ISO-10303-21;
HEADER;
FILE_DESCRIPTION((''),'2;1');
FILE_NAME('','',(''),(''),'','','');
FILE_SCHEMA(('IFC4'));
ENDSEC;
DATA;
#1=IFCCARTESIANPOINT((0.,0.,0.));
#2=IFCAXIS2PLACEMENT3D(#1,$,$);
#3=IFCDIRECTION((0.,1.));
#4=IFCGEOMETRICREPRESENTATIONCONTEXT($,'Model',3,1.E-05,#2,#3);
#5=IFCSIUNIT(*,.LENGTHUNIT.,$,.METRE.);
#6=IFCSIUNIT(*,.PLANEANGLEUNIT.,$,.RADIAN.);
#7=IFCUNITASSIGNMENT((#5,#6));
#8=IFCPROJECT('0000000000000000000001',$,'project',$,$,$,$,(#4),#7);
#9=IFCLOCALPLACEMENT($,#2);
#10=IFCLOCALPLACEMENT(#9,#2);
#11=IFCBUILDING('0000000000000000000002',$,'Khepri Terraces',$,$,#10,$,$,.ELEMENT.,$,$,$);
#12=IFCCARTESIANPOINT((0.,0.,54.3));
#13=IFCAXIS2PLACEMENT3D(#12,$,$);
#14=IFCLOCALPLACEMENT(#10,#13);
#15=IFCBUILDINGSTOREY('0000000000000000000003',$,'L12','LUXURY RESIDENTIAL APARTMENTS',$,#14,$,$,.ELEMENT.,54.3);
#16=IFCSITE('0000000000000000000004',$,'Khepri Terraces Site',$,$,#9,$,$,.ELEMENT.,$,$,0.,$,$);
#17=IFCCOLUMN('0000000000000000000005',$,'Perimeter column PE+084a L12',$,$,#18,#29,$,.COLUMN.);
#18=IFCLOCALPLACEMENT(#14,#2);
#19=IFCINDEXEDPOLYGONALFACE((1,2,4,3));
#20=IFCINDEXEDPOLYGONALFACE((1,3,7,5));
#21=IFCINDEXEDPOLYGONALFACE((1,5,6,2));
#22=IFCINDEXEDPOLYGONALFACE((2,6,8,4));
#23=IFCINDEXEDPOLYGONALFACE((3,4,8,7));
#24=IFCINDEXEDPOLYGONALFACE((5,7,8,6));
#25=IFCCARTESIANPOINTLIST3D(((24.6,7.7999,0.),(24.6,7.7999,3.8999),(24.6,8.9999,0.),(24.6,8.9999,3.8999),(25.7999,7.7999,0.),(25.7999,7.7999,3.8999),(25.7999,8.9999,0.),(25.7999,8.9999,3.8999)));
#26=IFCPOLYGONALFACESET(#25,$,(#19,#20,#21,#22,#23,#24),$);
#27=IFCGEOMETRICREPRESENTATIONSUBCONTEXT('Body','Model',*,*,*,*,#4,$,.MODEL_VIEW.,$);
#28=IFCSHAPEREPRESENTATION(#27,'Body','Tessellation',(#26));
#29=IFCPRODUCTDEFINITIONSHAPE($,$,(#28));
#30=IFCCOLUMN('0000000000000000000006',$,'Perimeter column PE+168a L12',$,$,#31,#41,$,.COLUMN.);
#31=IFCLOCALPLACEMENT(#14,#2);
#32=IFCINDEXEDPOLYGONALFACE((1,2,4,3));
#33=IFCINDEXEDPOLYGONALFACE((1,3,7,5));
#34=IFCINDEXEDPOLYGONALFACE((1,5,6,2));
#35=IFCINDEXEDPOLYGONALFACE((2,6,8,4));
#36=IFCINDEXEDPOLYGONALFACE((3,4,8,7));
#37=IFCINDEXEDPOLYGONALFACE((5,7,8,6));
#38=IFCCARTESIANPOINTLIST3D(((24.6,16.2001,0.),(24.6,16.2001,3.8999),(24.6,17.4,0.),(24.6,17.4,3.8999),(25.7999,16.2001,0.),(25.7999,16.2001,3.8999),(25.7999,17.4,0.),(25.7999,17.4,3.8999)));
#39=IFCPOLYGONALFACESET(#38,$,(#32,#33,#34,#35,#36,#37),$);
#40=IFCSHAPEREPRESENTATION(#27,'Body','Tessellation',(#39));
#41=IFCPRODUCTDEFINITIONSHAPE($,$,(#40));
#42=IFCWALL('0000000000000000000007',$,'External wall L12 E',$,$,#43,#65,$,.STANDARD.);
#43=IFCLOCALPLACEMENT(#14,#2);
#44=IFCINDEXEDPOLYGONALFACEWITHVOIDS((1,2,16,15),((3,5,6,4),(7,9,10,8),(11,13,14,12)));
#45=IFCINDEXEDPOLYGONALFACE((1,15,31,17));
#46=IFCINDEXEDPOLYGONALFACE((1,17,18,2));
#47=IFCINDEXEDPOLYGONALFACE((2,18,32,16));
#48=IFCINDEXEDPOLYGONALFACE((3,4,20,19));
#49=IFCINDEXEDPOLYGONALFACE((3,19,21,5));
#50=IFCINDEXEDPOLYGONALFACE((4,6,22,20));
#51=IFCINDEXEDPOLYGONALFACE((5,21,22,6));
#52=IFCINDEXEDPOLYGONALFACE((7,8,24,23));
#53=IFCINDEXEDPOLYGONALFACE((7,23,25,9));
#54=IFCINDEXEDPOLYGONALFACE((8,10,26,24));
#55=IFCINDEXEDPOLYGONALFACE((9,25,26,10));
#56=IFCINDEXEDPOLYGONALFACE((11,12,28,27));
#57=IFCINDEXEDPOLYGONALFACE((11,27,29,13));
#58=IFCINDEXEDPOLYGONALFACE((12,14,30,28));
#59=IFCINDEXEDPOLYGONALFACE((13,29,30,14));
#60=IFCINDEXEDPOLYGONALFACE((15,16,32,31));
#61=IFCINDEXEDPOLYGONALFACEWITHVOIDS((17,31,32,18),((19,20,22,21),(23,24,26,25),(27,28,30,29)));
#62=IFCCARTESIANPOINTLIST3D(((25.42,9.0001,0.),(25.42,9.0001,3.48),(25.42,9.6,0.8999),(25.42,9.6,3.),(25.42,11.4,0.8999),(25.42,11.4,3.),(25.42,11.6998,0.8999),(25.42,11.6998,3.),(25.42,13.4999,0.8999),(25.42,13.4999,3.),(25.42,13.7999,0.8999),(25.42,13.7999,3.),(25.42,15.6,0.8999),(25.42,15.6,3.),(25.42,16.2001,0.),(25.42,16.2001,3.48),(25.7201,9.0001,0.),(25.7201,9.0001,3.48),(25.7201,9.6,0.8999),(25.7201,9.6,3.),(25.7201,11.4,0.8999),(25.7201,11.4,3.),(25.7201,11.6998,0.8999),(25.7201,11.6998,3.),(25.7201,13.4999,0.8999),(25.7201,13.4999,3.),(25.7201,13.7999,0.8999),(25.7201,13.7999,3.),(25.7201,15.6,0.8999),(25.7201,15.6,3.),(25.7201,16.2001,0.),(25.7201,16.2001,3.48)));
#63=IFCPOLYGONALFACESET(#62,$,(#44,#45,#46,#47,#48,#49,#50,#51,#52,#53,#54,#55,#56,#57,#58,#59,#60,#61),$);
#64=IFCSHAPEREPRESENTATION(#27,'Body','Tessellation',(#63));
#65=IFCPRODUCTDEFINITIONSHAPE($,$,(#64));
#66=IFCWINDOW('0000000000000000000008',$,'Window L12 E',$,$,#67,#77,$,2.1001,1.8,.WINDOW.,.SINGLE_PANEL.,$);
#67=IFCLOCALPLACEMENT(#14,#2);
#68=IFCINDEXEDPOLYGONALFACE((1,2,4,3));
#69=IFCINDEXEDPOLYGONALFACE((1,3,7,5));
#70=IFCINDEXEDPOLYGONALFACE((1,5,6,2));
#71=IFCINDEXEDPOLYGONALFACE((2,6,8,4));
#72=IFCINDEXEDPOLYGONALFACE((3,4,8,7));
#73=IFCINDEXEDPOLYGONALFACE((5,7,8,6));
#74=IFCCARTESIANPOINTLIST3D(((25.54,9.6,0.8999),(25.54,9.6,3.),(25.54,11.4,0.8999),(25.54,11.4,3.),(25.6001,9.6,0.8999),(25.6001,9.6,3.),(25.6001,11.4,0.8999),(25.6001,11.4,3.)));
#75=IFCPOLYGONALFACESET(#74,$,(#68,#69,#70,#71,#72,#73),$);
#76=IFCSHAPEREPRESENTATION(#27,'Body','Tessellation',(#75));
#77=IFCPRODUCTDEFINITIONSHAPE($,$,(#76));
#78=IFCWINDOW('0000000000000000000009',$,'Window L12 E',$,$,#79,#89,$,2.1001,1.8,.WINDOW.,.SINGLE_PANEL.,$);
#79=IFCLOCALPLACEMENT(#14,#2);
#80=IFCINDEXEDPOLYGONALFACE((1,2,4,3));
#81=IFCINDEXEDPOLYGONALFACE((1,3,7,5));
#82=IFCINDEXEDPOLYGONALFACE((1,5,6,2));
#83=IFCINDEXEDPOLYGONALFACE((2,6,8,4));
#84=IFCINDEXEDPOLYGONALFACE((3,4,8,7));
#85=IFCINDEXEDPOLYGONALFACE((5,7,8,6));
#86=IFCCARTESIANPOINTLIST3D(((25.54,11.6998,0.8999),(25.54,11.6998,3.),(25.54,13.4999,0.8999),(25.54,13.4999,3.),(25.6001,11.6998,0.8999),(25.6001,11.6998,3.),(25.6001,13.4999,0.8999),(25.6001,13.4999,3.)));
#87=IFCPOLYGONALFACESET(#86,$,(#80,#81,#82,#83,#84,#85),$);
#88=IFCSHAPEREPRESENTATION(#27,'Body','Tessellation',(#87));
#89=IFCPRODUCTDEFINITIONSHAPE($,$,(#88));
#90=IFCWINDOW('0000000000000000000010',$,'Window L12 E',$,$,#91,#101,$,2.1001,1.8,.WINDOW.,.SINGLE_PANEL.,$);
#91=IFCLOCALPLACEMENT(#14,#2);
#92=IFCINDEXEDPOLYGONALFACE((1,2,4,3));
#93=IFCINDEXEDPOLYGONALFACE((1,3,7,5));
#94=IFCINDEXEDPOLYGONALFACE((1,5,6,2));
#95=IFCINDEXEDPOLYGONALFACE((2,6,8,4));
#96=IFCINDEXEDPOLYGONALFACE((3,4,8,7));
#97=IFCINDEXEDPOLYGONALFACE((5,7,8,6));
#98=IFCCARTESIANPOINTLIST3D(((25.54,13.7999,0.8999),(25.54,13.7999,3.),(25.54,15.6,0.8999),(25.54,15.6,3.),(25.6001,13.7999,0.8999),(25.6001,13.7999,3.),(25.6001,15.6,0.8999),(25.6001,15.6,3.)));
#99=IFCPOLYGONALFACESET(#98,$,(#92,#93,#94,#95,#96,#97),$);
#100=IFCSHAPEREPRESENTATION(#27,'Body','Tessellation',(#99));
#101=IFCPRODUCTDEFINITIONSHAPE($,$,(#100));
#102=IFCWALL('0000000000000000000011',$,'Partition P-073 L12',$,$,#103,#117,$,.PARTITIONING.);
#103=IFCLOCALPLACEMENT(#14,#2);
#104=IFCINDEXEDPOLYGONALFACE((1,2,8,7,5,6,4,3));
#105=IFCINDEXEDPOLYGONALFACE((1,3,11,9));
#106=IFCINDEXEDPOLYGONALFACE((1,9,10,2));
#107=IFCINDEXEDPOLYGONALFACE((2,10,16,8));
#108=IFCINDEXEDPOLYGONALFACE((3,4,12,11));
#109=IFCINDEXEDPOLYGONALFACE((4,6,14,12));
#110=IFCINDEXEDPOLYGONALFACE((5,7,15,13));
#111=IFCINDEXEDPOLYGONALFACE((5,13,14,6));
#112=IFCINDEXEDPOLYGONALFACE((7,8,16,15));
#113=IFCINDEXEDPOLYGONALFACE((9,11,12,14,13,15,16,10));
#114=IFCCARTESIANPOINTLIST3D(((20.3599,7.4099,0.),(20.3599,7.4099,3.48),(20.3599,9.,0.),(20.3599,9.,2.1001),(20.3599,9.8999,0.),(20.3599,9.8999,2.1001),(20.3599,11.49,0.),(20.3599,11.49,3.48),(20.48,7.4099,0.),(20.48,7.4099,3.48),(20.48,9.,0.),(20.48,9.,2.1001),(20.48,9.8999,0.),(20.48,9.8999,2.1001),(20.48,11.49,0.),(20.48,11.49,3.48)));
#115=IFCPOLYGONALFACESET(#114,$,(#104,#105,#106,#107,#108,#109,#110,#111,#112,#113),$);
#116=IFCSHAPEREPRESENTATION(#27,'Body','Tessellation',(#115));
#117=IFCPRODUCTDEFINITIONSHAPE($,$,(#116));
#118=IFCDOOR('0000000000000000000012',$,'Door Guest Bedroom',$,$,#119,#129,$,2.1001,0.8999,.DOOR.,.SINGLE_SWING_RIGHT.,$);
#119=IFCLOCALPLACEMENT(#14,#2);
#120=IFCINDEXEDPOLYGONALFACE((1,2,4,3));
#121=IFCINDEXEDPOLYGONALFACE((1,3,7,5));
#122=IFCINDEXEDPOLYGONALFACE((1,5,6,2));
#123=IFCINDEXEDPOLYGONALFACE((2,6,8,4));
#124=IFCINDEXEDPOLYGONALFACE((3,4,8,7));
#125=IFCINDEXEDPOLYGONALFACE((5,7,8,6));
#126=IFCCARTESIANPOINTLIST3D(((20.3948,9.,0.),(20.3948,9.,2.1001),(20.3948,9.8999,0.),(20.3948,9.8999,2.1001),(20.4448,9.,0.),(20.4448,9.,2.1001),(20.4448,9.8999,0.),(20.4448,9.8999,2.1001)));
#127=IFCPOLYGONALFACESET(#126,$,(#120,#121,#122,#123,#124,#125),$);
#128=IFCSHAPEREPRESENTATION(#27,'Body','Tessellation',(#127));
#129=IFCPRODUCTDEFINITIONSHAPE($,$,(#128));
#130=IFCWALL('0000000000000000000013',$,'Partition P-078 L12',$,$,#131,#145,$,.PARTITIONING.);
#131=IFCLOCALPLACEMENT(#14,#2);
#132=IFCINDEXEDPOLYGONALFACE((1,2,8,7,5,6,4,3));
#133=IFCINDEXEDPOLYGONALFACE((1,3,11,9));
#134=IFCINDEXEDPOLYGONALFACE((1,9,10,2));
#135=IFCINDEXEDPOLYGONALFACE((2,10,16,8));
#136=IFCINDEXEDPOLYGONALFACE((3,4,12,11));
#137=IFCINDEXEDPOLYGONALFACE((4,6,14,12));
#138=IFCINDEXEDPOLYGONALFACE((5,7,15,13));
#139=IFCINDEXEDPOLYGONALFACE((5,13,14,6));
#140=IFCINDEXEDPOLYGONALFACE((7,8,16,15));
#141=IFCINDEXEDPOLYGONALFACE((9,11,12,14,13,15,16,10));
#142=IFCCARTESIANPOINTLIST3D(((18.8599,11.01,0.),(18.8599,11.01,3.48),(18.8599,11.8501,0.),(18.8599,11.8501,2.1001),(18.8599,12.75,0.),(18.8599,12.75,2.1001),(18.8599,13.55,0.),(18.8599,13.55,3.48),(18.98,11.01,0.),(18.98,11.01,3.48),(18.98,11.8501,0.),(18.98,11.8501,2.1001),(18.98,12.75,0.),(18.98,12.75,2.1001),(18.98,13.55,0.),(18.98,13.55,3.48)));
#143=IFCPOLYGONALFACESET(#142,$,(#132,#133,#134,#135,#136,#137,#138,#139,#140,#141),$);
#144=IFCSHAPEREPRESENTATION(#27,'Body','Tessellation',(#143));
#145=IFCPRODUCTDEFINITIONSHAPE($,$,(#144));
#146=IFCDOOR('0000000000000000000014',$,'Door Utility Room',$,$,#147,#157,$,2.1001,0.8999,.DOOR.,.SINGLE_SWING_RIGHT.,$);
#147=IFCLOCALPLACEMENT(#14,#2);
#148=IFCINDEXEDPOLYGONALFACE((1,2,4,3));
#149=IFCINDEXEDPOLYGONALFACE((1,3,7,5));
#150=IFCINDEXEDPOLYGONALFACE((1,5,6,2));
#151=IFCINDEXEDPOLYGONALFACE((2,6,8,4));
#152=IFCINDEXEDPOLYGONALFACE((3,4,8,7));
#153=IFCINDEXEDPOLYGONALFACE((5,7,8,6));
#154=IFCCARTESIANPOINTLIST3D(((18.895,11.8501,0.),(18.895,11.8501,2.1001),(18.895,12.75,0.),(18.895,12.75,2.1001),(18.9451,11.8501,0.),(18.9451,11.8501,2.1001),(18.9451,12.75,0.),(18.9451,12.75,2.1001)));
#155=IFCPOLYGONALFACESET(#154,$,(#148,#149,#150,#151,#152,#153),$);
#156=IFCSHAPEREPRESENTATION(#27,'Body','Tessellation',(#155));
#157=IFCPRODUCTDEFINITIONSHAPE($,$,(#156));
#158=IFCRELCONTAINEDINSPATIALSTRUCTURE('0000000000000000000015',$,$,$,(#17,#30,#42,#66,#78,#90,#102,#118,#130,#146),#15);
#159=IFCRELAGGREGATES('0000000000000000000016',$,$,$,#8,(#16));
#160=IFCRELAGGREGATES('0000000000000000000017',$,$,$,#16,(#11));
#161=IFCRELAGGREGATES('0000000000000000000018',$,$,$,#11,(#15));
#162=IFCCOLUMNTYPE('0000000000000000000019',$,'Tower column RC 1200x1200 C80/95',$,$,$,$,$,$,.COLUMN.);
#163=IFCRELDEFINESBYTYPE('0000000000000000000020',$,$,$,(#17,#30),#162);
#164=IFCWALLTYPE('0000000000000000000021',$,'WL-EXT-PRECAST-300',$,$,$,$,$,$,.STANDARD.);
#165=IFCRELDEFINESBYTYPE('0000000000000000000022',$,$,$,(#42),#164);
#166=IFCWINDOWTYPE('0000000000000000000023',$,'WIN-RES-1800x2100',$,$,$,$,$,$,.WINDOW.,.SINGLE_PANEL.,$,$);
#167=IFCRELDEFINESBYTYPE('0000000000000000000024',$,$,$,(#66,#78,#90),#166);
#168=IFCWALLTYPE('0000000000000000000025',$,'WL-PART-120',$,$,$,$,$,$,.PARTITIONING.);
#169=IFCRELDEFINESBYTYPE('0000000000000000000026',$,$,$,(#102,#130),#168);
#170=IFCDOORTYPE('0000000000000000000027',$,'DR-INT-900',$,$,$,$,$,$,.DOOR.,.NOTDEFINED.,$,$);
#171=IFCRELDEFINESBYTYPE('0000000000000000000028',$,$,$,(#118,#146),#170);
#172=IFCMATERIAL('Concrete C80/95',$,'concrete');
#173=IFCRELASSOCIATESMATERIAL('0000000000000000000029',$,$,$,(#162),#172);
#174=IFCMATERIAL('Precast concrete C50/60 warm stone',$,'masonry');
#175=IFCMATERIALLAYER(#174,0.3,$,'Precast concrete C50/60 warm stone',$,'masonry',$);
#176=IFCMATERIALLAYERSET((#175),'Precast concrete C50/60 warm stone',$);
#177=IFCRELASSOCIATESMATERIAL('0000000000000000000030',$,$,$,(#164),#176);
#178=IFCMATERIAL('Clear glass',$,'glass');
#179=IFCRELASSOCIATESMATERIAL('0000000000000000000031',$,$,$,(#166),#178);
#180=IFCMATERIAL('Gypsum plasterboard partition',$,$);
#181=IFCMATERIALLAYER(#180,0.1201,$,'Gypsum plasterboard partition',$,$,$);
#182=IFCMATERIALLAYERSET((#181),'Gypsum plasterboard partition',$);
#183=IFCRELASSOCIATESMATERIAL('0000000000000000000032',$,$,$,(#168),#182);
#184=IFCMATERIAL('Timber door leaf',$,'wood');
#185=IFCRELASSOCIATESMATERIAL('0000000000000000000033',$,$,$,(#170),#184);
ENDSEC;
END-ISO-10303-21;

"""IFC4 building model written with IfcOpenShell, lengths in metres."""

from ifc_helpers import new_model, si_unit, direction, frame, frame_2d, origin, origin_2d, place, context, subcontext, project, spatial, rectangle, extrude, material, layer, layer_set, material_profile, profile_set, type_object, element, fill, save


model = new_model("IFC4")

# Units and contexts
model_context = context("Model", 3, precision=1e-05, world=origin(), true_north=direction((0.0, 1.0)))
body_context = subcontext(model_context, "Body", "Model", "MODEL_VIEW")
ifc_project = project(units=[si_unit("LENGTHUNIT", "METRE"), si_unit("PLANEANGLEUNIT", "RADIAN")], contexts=[model_context])

# Site, building, storey
site_placement = place(None, origin())
site = spatial("IfcSite", under=ifc_project, at=site_placement, Name="Khepri Terraces Site", CompositionType="ELEMENT", RefElevation=0.0)
building_placement = place(site_placement, origin())
building = spatial("IfcBuilding", under=site, at=building_placement, Name="Khepri Terraces", CompositionType="ELEMENT")
storey_placement = place(building_placement, frame((0.0, 0.0, 54.3)))
storey = spatial("IfcBuildingStorey", under=building, at=storey_placement, Name="L12", Description="LUXURY RESIDENTIAL APARTMENTS", CompositionType="ELEMENT", Elevation=54.3)

# Columns
ifc_material_1 = material(Name="Concrete C80/95", Category="concrete")
ifc_material_profile = material_profile(ifc_material_1, rectangle(XDim=1.2, YDim=1.2, at=origin_2d()), Name="Concrete C80/95", Category="concrete")
ifc_profile_set = profile_set([ifc_material_profile], Name="Concrete C80/95")
column_type = type_object("IfcColumnType", Name="Tower column RC 1200x1200 C80/95", PredefinedType="COLUMN", material=ifc_profile_set)
for number, where, z_axis, x_axis, name in (
    (1, (25.2, 8.3999, 0.0), (0.0, 0.0, 1.0), (1.0, 0.0, 0.0), "Perimeter column PE+084a L12"),
    (2, (25.2, 16.8, 0.0), (0.0, 0.0, 1.0), (1.0, 0.0, 0.0), "Perimeter column PE+168a L12"),
):
    element("IfcColumn", number, at=place(storey_placement, frame(where, z_axis=z_axis, x_axis=x_axis)), inside=storey, type_object=column_type, Name=name, PredefinedType="COLUMN", context=body_context, shape_type="SweptSolid", body=[
        extrude(rectangle(XDim=1.2, YDim=1.2, at=origin_2d()), origin(), (0.0, 0.0, 1.0), 3.8999),
    ])

# Wall, openings, windows
ifc_material_2 = material(Name="Precast concrete C50/60 warm stone", Category="masonry")
ifc_layer_1 = layer(ifc_material_2, 0.3, Name="Precast concrete C50/60 warm stone", Category="masonry")
ifc_layer_set_1 = layer_set([ifc_layer_1], Name="Precast concrete C50/60 warm stone")
wall_type_1 = type_object("IfcWallType", Name="WL-EXT-PRECAST-300", PredefinedType="STANDARD", material=ifc_layer_set_1)
wall_1_placement = place(storey_placement, frame((25.5701, 9.0, 0.0), z_axis=(0.0, 0.0, 1.0), x_axis=(0.0, 1.0, 0.0)))
wall_1 = element("IfcWall", 3, at=wall_1_placement, inside=storey, type_object=wall_type_1, Name="External wall L12 E", PredefinedType="STANDARD", context=body_context, shape_type="SweptSolid", body=[
    extrude(rectangle(XDim=7.2, YDim=0.3, at=frame_2d((3.6001, 0.0))), origin(), (0.0, 0.0, 1.0), 3.48),
])
opening_1_placement = place(wall_1_placement, frame((0.6001, 0.0, 0.8999)))
opening_1 = element("IfcOpeningElement", 4, at=opening_1_placement, cuts=wall_1, PredefinedType="OPENING", context=body_context, shape_type="SweptSolid", body=[
    extrude(rectangle(XDim=1.8, YDim=2.1001, at=frame_2d((0.8999, 1.05))), frame((0.0, 0.1602, 0.0), z_axis=(0.0, -1.0, 0.0), x_axis=(1.0, 0.0, 0.0)), (0.0, 0.0, 1.0), 0.3201),
])
opening_2_placement = place(wall_1_placement, frame((2.7, 0.0, 0.8999)))
opening_2 = element("IfcOpeningElement", 5, at=opening_2_placement, cuts=wall_1, PredefinedType="OPENING", context=body_context, shape_type="SweptSolid", body=[
    extrude(rectangle(XDim=1.8, YDim=2.1001, at=frame_2d((0.8999, 1.05))), frame((0.0, 0.1602, 0.0), z_axis=(0.0, -1.0, 0.0), x_axis=(1.0, 0.0, 0.0)), (0.0, 0.0, 1.0), 0.3201),
])
opening_3_placement = place(wall_1_placement, frame((4.8, 0.0, 0.8999)))
opening_3 = element("IfcOpeningElement", 6, at=opening_3_placement, cuts=wall_1, PredefinedType="OPENING", context=body_context, shape_type="SweptSolid", body=[
    extrude(rectangle(XDim=1.8, YDim=2.1001, at=frame_2d((0.8999, 1.05))), frame((0.0, 0.1602, 0.0), z_axis=(0.0, -1.0, 0.0), x_axis=(1.0, 0.0, 0.0)), (0.0, 0.0, 1.0), 0.3201),
])
ifc_material_3 = material(Name="Clear glass", Category="glass")
window_type = type_object("IfcWindowType", Name="WIN-RES-1800x2100", PartitioningType="SINGLE_PANEL", PredefinedType="WINDOW", material=ifc_material_3)
window_1_placement = place(opening_1_placement, origin())
window_1 = element("IfcWindow", 7, at=window_1_placement, inside=storey, type_object=window_type, Name="Window L12 E", OverallHeight=2.1001, OverallWidth=1.8, PartitioningType="SINGLE_PANEL", PredefinedType="WINDOW", context=body_context, shape_type="SweptSolid", body=[
    extrude(rectangle(XDim=1.8, YDim=2.1001, at=frame_2d((0.8999, 1.05))), frame((0.0, 0.03, 0.0), z_axis=(0.0, -1.0, 0.0), x_axis=(1.0, 0.0, 0.0)), (0.0, 0.0, 1.0), 0.0601),
])
fill(opening_1, window_1)
window_2_placement = place(opening_2_placement, origin())
window_2 = element("IfcWindow", 8, at=window_2_placement, inside=storey, type_object=window_type, Name="Window L12 E", OverallHeight=2.1001, OverallWidth=1.8, PartitioningType="SINGLE_PANEL", PredefinedType="WINDOW", context=body_context, shape_type="SweptSolid", body=[
    extrude(rectangle(XDim=1.8, YDim=2.1001, at=frame_2d((0.8999, 1.05))), frame((0.0, 0.03, 0.0), z_axis=(0.0, -1.0, 0.0), x_axis=(1.0, 0.0, 0.0)), (0.0, 0.0, 1.0), 0.0601),
])
fill(opening_2, window_2)
window_3_placement = place(opening_3_placement, origin())
window_3 = element("IfcWindow", 9, at=window_3_placement, inside=storey, type_object=window_type, Name="Window L12 E", OverallHeight=2.1001, OverallWidth=1.8, PartitioningType="SINGLE_PANEL", PredefinedType="WINDOW", context=body_context, shape_type="SweptSolid", body=[
    extrude(rectangle(XDim=1.8, YDim=2.1001, at=frame_2d((0.8999, 1.05))), frame((0.0, 0.03, 0.0), z_axis=(0.0, -1.0, 0.0), x_axis=(1.0, 0.0, 0.0)), (0.0, 0.0, 1.0), 0.0601),
])
fill(opening_3, window_3)

# Walls, openings, doors
ifc_material_4 = material(Name="Gypsum plasterboard partition")
ifc_layer_2 = layer(ifc_material_4, 0.1201, Name="Gypsum plasterboard partition")
ifc_layer_set_2 = layer_set([ifc_layer_2], Name="Gypsum plasterboard partition")
wall_type_2 = type_object("IfcWallType", Name="WL-PART-120", PredefinedType="PARTITIONING", material=ifc_layer_set_2)
wall_2_placement = place(storey_placement, frame((20.4199, 7.4099, 0.0), z_axis=(0.0, 0.0, 1.0), x_axis=(0.0, 1.0, 0.0)))
wall_2 = element("IfcWall", 10, at=wall_2_placement, inside=storey, type_object=wall_type_2, Name="Partition P-073 L12", PredefinedType="PARTITIONING", context=body_context, shape_type="SweptSolid", body=[
    extrude(rectangle(XDim=4.0801, YDim=0.1201, at=frame_2d((2.04, 0.0))), origin(), (0.0, 0.0, 1.0), 3.48),
])
opening_4_placement = place(wall_2_placement, frame((1.5901, 0.0, 0.0)))
opening_4 = element("IfcOpeningElement", 11, at=opening_4_placement, cuts=wall_2, PredefinedType="OPENING", context=body_context, shape_type="SweptSolid", body=[
    extrude(rectangle(XDim=0.8999, YDim=2.1001, at=frame_2d((0.45, 1.05))), frame((0.0, 0.0701, 0.0), z_axis=(0.0, -1.0, 0.0), x_axis=(1.0, 0.0, 0.0)), (0.0, 0.0, 1.0), 0.1401),
])
ifc_material_5 = material(Name="Timber door leaf", Category="wood")
door_type_1 = type_object("IfcDoorType", Name="DR-INT-900", OperationType="NOTDEFINED", PredefinedType="DOOR", material=ifc_material_5)
door_1_placement = place(opening_4_placement, frame((0.8999, 0.0, 0.0), z_axis=(0.0, 0.0, 1.0), x_axis=(-1.0, 0.0, 0.0)))
door_1 = element("IfcDoor", 12, at=door_1_placement, inside=storey, type_object=door_type_1, Name="Door Guest Bedroom", OperationType="SINGLE_SWING_RIGHT", OverallHeight=2.1001, OverallWidth=0.8999, PredefinedType="DOOR", context=body_context, shape_type="SweptSolid", body=[
    extrude(rectangle(XDim=0.8999, YDim=2.1001, at=frame_2d((0.45, 1.05))), frame((0.0, 0.0249, 0.0), z_axis=(0.0, -1.0, 0.0), x_axis=(1.0, 0.0, 0.0)), (0.0, 0.0, 1.0), 0.05),
])
fill(opening_4, door_1)
wall_3_placement = place(storey_placement, frame((18.9199, 11.01, 0.0), z_axis=(0.0, 0.0, 1.0), x_axis=(0.0, 1.0, 0.0)))
wall_3 = element("IfcWall", 13, at=wall_3_placement, inside=storey, type_object=wall_type_2, Name="Partition P-078 L12", PredefinedType="PARTITIONING", context=body_context, shape_type="SweptSolid", body=[
    extrude(rectangle(XDim=2.54, YDim=0.1201, at=frame_2d((1.27, 0.0))), origin(), (0.0, 0.0, 1.0), 3.48),
])
opening_5_placement = place(wall_3_placement, frame((0.8401, 0.0, 0.0)))
opening_5 = element("IfcOpeningElement", 14, at=opening_5_placement, cuts=wall_3, PredefinedType="OPENING", context=body_context, shape_type="SweptSolid", body=[
    extrude(rectangle(XDim=0.8999, YDim=2.1001, at=frame_2d((0.45, 1.05))), frame((0.0, 0.0701, 0.0), z_axis=(0.0, -1.0, 0.0), x_axis=(1.0, 0.0, 0.0)), (0.0, 0.0, 1.0), 0.1401),
])
door_2_placement = place(opening_5_placement, origin())
door_2 = element("IfcDoor", 15, at=door_2_placement, inside=storey, type_object=door_type_1, Name="Door Utility Room", OperationType="SINGLE_SWING_RIGHT", OverallHeight=2.1001, OverallWidth=0.8999, PredefinedType="DOOR", context=body_context, shape_type="SweptSolid", body=[
    extrude(rectangle(XDim=0.8999, YDim=2.1001, at=frame_2d((0.45, 1.05))), frame((0.0, 0.0249, 0.0), z_axis=(0.0, -1.0, 0.0), x_axis=(1.0, 0.0, 0.0)), (0.0, 0.0, 1.0), 0.05),
])
fill(opening_5, door_2)

save(model, "model.ifc")
